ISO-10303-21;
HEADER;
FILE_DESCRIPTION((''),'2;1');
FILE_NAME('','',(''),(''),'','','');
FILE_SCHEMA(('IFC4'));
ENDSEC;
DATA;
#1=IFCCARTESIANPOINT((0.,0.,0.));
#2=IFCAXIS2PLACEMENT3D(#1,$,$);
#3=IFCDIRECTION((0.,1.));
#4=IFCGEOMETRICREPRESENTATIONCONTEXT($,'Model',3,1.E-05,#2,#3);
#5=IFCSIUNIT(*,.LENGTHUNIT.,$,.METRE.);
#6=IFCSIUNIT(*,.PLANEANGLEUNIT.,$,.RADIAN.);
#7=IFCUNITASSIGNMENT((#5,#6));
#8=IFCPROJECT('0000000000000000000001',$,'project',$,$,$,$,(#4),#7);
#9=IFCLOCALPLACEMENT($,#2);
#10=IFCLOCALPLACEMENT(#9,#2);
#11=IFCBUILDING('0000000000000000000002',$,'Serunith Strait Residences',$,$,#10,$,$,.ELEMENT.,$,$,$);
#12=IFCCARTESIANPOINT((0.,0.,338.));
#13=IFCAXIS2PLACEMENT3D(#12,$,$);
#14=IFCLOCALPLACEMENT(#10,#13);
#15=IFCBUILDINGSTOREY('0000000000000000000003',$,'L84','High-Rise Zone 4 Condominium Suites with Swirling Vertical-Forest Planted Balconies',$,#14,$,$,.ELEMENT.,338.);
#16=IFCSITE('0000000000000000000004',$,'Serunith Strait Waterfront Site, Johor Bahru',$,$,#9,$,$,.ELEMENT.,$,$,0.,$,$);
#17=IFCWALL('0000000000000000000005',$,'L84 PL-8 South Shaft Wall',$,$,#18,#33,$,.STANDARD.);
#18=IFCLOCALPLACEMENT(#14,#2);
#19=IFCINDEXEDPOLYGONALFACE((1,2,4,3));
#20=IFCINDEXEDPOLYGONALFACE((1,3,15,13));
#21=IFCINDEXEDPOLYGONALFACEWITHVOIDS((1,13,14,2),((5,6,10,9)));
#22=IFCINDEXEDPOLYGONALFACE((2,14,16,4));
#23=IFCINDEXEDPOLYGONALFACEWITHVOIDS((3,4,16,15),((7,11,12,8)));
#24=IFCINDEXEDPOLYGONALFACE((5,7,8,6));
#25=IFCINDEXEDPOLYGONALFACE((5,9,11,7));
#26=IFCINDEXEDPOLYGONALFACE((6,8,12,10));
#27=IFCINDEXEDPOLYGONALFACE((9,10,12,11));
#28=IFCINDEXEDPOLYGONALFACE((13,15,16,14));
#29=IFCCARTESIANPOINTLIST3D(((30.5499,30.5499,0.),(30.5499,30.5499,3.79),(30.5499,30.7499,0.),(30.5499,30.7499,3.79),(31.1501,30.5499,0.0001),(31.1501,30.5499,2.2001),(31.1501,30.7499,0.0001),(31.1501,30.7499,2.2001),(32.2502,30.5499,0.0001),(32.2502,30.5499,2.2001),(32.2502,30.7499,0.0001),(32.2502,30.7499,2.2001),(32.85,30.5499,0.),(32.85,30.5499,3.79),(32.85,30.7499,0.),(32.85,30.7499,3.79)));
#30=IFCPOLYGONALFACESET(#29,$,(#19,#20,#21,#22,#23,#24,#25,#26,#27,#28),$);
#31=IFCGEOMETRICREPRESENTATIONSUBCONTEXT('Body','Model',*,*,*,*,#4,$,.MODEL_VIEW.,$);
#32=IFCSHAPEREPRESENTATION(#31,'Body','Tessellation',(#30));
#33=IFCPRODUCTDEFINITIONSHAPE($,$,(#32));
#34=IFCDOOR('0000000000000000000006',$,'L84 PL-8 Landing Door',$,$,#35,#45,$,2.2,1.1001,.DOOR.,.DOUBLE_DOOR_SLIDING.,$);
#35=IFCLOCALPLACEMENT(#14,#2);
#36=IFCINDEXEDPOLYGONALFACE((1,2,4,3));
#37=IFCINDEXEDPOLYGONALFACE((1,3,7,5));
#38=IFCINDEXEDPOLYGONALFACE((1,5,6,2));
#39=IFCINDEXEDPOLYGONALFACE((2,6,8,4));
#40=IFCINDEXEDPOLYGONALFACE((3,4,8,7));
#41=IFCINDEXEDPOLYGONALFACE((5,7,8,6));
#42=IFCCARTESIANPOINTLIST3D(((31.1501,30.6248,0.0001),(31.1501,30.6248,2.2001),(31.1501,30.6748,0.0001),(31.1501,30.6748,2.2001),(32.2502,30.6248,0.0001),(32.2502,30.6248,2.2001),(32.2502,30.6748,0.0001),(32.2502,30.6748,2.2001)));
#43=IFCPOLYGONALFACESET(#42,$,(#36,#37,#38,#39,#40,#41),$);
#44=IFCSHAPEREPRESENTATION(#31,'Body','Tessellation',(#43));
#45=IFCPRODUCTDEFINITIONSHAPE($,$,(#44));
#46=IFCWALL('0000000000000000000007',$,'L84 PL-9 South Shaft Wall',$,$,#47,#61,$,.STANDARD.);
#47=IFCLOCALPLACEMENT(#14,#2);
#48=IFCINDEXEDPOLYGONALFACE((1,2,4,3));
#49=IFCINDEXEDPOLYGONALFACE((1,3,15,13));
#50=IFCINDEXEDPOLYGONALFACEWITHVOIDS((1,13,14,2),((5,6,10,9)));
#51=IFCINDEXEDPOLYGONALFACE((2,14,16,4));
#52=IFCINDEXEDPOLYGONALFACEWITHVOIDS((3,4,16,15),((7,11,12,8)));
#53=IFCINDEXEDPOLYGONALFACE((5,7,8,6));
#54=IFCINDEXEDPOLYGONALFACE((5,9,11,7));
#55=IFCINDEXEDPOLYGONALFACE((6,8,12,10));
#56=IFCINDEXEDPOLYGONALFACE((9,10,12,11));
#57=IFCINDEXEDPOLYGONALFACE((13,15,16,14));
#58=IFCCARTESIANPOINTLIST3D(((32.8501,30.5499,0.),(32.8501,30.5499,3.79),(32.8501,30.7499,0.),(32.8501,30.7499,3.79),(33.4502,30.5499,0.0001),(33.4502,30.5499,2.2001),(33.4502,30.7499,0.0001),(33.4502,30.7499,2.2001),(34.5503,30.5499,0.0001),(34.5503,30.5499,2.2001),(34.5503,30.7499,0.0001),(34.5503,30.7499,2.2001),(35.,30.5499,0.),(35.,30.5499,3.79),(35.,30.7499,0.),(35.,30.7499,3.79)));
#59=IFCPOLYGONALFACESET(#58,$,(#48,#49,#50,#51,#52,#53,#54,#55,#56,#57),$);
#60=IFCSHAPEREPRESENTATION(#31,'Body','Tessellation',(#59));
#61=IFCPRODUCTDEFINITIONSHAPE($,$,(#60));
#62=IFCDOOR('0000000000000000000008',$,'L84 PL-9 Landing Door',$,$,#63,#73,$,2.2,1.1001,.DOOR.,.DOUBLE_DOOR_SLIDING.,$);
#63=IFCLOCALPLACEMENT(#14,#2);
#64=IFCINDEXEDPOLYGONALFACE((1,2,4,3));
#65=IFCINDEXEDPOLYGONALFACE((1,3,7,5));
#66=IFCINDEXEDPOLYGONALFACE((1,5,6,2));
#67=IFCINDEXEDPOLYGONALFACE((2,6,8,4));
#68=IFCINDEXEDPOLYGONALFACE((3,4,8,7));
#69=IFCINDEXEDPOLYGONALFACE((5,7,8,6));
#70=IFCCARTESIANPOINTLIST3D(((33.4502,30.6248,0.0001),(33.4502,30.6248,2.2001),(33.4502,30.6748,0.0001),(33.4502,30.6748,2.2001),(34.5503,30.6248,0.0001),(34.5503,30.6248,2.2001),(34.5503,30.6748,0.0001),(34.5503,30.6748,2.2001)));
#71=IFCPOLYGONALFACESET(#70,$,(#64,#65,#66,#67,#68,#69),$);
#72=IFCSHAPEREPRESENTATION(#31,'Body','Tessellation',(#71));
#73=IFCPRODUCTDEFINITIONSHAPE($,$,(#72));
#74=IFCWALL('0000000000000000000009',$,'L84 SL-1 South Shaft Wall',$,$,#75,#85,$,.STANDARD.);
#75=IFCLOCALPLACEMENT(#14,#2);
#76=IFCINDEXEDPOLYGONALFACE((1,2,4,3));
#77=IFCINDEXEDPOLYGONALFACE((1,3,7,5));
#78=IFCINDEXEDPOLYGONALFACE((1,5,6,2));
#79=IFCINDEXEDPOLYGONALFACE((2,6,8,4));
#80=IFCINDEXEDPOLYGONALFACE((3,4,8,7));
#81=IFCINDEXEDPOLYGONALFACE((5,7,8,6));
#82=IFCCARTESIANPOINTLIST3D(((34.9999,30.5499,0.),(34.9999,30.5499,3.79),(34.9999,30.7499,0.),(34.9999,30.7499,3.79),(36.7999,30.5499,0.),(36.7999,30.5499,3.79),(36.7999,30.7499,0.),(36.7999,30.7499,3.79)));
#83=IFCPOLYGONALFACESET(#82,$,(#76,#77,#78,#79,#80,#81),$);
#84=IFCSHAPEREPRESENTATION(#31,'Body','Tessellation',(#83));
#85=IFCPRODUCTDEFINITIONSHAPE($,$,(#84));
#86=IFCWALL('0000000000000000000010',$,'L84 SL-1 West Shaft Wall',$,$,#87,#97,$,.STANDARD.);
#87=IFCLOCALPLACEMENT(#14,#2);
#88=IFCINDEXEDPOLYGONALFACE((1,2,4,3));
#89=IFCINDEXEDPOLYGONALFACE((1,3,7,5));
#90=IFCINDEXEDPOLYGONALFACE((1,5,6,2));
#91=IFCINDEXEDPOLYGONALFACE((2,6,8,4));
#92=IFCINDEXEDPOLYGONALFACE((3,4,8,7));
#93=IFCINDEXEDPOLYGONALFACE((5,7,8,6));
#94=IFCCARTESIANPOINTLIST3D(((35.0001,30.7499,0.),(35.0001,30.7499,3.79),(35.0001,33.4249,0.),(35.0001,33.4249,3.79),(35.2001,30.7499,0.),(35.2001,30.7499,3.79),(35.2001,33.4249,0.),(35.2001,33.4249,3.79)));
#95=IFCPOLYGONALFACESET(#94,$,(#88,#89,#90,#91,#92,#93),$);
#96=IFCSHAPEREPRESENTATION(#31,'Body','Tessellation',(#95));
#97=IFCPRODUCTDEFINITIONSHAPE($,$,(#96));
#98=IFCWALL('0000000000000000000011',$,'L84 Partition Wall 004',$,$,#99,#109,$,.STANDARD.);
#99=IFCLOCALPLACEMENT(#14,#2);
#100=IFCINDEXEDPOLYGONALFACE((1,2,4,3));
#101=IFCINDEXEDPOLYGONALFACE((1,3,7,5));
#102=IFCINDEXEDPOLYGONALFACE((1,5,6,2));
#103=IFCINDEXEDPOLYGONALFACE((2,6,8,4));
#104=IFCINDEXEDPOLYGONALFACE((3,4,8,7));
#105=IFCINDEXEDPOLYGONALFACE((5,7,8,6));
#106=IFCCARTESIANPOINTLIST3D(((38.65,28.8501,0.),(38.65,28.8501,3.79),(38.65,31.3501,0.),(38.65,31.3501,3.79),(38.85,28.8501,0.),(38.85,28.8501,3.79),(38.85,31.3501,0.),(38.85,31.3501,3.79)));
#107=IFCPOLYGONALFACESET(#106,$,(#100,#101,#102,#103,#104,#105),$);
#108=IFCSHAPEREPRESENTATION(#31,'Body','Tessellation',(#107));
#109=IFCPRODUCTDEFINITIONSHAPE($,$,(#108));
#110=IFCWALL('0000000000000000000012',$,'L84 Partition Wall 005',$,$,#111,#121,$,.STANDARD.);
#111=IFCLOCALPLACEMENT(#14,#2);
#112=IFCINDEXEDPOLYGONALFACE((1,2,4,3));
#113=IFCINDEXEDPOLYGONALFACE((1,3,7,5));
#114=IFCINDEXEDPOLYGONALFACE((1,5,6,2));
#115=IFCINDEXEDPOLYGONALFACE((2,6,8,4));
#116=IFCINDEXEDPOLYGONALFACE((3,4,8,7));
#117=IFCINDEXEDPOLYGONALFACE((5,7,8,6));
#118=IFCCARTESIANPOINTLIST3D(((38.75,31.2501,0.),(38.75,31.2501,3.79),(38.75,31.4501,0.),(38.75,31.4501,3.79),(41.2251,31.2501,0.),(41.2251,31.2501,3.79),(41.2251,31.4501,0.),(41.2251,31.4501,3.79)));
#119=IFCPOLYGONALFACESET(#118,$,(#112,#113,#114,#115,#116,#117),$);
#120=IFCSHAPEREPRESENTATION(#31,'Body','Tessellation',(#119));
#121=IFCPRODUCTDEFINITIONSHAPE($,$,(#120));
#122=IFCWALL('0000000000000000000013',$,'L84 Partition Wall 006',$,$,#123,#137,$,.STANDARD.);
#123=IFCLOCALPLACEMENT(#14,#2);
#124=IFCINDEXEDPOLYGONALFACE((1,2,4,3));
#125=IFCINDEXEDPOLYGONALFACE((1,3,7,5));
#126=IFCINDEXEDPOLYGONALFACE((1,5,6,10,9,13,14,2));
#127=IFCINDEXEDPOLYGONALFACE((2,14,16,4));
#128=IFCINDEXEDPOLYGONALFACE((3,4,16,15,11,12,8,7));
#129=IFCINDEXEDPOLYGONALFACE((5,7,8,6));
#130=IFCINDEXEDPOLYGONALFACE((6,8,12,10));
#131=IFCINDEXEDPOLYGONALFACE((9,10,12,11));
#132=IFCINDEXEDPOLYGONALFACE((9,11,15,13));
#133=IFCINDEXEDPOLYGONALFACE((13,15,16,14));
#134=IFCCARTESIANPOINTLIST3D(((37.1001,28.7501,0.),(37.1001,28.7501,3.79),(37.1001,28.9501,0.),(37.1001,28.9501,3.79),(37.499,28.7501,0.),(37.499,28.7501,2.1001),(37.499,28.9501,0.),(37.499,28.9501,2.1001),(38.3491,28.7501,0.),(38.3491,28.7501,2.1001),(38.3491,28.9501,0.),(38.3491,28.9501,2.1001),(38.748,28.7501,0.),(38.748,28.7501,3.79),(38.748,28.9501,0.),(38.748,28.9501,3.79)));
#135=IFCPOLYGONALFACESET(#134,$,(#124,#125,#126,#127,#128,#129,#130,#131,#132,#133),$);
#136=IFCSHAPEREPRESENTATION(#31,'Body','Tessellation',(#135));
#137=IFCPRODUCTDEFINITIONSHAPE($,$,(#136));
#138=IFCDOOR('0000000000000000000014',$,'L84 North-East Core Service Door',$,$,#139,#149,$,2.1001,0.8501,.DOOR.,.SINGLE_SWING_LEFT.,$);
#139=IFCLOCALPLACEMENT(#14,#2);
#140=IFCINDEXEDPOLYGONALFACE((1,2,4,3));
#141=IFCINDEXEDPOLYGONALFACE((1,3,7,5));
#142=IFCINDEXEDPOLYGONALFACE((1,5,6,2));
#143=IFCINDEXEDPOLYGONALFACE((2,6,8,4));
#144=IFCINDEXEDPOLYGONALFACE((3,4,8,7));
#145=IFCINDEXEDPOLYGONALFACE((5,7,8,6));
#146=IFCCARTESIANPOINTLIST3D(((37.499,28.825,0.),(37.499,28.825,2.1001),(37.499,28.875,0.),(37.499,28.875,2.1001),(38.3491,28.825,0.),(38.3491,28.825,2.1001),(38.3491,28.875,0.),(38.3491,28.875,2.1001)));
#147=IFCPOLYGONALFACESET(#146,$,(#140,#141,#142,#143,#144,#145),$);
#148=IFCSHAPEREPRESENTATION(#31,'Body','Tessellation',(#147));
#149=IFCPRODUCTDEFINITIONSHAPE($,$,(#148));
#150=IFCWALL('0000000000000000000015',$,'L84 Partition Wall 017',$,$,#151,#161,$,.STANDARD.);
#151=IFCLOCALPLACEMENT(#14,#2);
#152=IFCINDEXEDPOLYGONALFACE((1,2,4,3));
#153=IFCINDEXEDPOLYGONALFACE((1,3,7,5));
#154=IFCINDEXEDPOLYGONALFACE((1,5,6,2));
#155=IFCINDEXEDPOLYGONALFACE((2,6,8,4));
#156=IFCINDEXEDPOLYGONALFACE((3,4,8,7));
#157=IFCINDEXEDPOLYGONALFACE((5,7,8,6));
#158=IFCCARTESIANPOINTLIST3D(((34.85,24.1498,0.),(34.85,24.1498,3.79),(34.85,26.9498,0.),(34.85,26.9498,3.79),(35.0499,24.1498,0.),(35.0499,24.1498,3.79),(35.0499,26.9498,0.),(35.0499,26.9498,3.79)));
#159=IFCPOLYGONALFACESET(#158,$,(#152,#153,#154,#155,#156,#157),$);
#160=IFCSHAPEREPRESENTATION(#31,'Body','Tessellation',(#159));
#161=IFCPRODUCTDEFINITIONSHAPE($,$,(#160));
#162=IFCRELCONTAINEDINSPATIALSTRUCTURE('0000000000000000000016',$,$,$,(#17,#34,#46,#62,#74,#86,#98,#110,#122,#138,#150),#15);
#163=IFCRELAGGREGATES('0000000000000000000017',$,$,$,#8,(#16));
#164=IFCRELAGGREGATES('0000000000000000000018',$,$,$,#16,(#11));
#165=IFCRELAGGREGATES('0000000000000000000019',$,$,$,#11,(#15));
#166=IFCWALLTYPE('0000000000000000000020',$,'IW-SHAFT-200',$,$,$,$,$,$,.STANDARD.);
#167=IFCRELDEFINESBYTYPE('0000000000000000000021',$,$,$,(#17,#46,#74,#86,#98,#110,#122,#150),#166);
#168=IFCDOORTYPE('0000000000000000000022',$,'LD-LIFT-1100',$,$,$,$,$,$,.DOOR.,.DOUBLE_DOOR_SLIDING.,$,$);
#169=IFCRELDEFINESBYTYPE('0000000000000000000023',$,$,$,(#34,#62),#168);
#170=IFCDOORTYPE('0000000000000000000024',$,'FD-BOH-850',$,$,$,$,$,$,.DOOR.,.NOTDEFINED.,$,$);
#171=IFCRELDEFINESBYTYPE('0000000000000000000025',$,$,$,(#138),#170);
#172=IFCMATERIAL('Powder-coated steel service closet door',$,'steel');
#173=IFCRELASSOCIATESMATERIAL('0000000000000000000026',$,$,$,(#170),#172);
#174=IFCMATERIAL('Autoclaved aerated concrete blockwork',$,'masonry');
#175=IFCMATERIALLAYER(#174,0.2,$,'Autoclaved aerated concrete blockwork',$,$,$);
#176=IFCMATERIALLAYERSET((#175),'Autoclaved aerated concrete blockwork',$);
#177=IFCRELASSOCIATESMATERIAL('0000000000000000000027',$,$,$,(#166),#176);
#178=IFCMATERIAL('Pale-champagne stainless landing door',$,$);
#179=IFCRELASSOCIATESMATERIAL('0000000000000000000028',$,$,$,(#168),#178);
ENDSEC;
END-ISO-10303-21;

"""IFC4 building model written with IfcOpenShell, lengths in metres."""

from ifc_helpers import new_model, si_unit, direction, frame, frame_2d, origin, place, context, subcontext, project, spatial, rectangle, extrude, source, transform, mapped, material, layer, layer_set, type_object, element, fill, save


model = new_model("IFC4")

# Units and contexts
model_context = context("Model", 3, precision=1e-05, world=origin(), true_north=direction((0.0, 1.0)))
body_context = subcontext(model_context, "Body", "Model", "MODEL_VIEW")
ifc_project = project(units=[si_unit("LENGTHUNIT", "METRE"), si_unit("PLANEANGLEUNIT", "RADIAN")], contexts=[model_context])

# Site, building, storey
site_placement = place(None, origin())
site = spatial("IfcSite", under=ifc_project, at=site_placement, Name="Serunith Strait Waterfront Site, Johor Bahru", CompositionType="ELEMENT", RefElevation=0.0)
building_placement = place(site_placement, origin())
building = spatial("IfcBuilding", under=site, at=building_placement, Name="Serunith Strait Residences", CompositionType="ELEMENT")
storey_placement = place(building_placement, frame((0.0, 0.0, 338.0)))
storey = spatial("IfcBuildingStorey", under=building, at=storey_placement, Name="L84", Description="High-Rise Zone 4 Condominium Suites with Swirling Vertical-Forest Planted Balconies", CompositionType="ELEMENT", Elevation=338.0)

# Shared definitions
ifc_material_1 = material(Name="Powder-coated steel service closet door", Category="steel")
door_type_1 = type_object("IfcDoorType", Name="FD-BOH-850", OperationType="NOTDEFINED", PredefinedType="DOOR", material=ifc_material_1)
shared_shape_1 = source(origin(), body_context, "Body", "SweptSolid", [
    extrude(rectangle(XDim=0.8501, YDim=2.1001, at=frame_2d((0.425, 1.05))), frame((0.0, 0.0249, 0.0), z_axis=(0.0, -1.0, 0.0), x_axis=(1.0, 0.0, 0.0)), (0.0, 0.0, 1.0), 0.05),
])

# Walls, openings, doors
ifc_material_2 = material(Name="Autoclaved aerated concrete blockwork", Category="masonry")
ifc_layer_1 = layer(ifc_material_2, 0.2, Name="Autoclaved aerated concrete blockwork")
ifc_layer_set_1 = layer_set([ifc_layer_1], Name="Autoclaved aerated concrete blockwork")
wall_type_1 = type_object("IfcWallType", Name="IW-SHAFT-200", PredefinedType="STANDARD", material=ifc_layer_set_1)
wall_1_placement = place(storey_placement, frame((30.55, 30.6499, 0.0), z_axis=(0.0, 0.0, 1.0), x_axis=(1.0, 0.0, 0.0)))
wall_1 = element("IfcWall", 1, at=wall_1_placement, inside=storey, type_object=wall_type_1, Name="L84 PL-8 South Shaft Wall", PredefinedType="STANDARD", context=body_context, shape_type="SweptSolid", body=[
    extrude(rectangle(XDim=2.3, YDim=0.2, at=frame_2d((1.1499, 0.0))), origin(), (0.0, 0.0, 1.0), 3.79),
])
opening_1_placement = place(wall_1_placement, frame((0.6001, 0.0, 0.0)))
opening_1 = element("IfcOpeningElement", 2, at=opening_1_placement, cuts=wall_1, PredefinedType="OPENING", context=body_context, shape_type="SweptSolid", body=[
    extrude(rectangle(XDim=1.1001, YDim=2.2, at=frame_2d((0.55, 1.1001))), frame((0.0, 0.1099, 0.0), z_axis=(0.0, -1.0, 0.0), x_axis=(1.0, 0.0, 0.0)), (0.0, 0.0, 1.0), 0.22),
])
ifc_material_3 = material(Name="Pale-champagne stainless landing door")
door_type_2 = type_object("IfcDoorType", Name="LD-LIFT-1100", OperationType="DOUBLE_DOOR_SLIDING", PredefinedType="DOOR", material=ifc_material_3)
shared_shape_2 = source(origin(), body_context, "Body", "SweptSolid", [
    extrude(rectangle(XDim=1.1001, YDim=2.2, at=frame_2d((0.55, 1.1001))), frame((0.0, 0.0249, 0.0), z_axis=(0.0, -1.0, 0.0), x_axis=(1.0, 0.0, 0.0)), (0.0, 0.0, 1.0), 0.05),
])
door_1_placement = place(opening_1_placement, origin())
door_1 = element("IfcDoor", 3, at=door_1_placement, inside=storey, type_object=door_type_2, Name="L84 PL-8 Landing Door", OperationType="DOUBLE_DOOR_SLIDING", OverallHeight=2.2, OverallWidth=1.1001, PredefinedType="DOOR", context=body_context, shape_type="MappedRepresentation", body=[
    mapped(shared_shape_2, transform((0.0, 0.0, 0.0), scale=1.0)),
])
fill(opening_1, door_1)
wall_2_placement = place(storey_placement, frame((32.8501, 30.6499, 0.0), z_axis=(0.0, 0.0, 1.0), x_axis=(1.0, 0.0, 0.0)))
wall_2 = element("IfcWall", 4, at=wall_2_placement, inside=storey, type_object=wall_type_1, Name="L84 PL-9 South Shaft Wall", PredefinedType="STANDARD", context=body_context, shape_type="SweptSolid", body=[
    extrude(rectangle(XDim=2.1499, YDim=0.2, at=frame_2d((1.075, 0.0))), origin(), (0.0, 0.0, 1.0), 3.79),
])
opening_2_placement = place(wall_2_placement, frame((0.6001, 0.0, 0.0)))
opening_2 = element("IfcOpeningElement", 5, at=opening_2_placement, cuts=wall_2, PredefinedType="OPENING", context=body_context, shape_type="SweptSolid", body=[
    extrude(rectangle(XDim=1.1001, YDim=2.2, at=frame_2d((0.55, 1.1001))), frame((0.0, 0.1099, 0.0), z_axis=(0.0, -1.0, 0.0), x_axis=(1.0, 0.0, 0.0)), (0.0, 0.0, 1.0), 0.22),
])
door_2_placement = place(opening_2_placement, origin())
door_2 = element("IfcDoor", 6, at=door_2_placement, inside=storey, type_object=door_type_2, Name="L84 PL-9 Landing Door", OperationType="DOUBLE_DOOR_SLIDING", OverallHeight=2.2, OverallWidth=1.1001, PredefinedType="DOOR", context=body_context, shape_type="MappedRepresentation", body=[
    mapped(shared_shape_2, transform((0.0, 0.0, 0.0), scale=1.0)),
])
fill(opening_2, door_2)

# Walls
wall_3_placement = place(storey_placement, frame((35.0, 30.6499, 0.0), z_axis=(0.0, 0.0, 1.0), x_axis=(1.0, 0.0, 0.0)))
element("IfcWall", 7, at=wall_3_placement, inside=storey, type_object=wall_type_1, Name="L84 SL-1 South Shaft Wall", PredefinedType="STANDARD", context=body_context, shape_type="SweptSolid", body=[
    extrude(rectangle(XDim=1.8, YDim=0.2, at=frame_2d((0.8999, 0.0))), origin(), (0.0, 0.0, 1.0), 3.79),
])
wall_4_placement = place(storey_placement, frame((35.1001, 30.75, 0.0), z_axis=(0.0, 0.0, 1.0), x_axis=(0.0, 1.0, 0.0)))
element("IfcWall", 8, at=wall_4_placement, inside=storey, type_object=wall_type_1, Name="L84 SL-1 West Shaft Wall", PredefinedType="STANDARD", context=body_context, shape_type="SweptSolid", body=[
    extrude(rectangle(XDim=2.675, YDim=0.2, at=frame_2d((1.3374, 0.0))), origin(), (0.0, 0.0, 1.0), 3.79),
])
wall_5_placement = place(storey_placement, frame((38.75, 28.8501, 0.0), z_axis=(0.0, 0.0, 1.0), x_axis=(0.0, 1.0, 0.0)))
element("IfcWall", 9, at=wall_5_placement, inside=storey, type_object=wall_type_1, Name="L84 Partition Wall 004", PredefinedType="STANDARD", context=body_context, shape_type="SweptSolid", body=[
    extrude(rectangle(XDim=2.5, YDim=0.2, at=frame_2d((1.25, 0.0))), origin(), (0.0, 0.0, 1.0), 3.79),
])
wall_6_placement = place(storey_placement, frame((38.75, 31.3501, 0.0), z_axis=(0.0, 0.0, 1.0), x_axis=(1.0, 0.0, 0.0)))
element("IfcWall", 10, at=wall_6_placement, inside=storey, type_object=wall_type_1, Name="L84 Partition Wall 005", PredefinedType="STANDARD", context=body_context, shape_type="SweptSolid", body=[
    extrude(rectangle(XDim=2.4751, YDim=0.2, at=frame_2d((1.2375, 0.0))), origin(), (0.0, 0.0, 1.0), 3.79),
])

# Wall, opening, door
wall_7_placement = place(storey_placement, frame((37.1001, 28.8501, 0.0), z_axis=(0.0, 0.0, 1.0), x_axis=(1.0, 0.0, 0.0)))
wall_7 = element("IfcWall", 11, at=wall_7_placement, inside=storey, type_object=wall_type_1, Name="L84 Partition Wall 006", PredefinedType="STANDARD", context=body_context, shape_type="SweptSolid", body=[
    extrude(rectangle(XDim=1.6479, YDim=0.2, at=frame_2d((0.824, 0.0))), origin(), (0.0, 0.0, 1.0), 3.79),
])
opening_3_placement = place(wall_7_placement, frame((0.3989, 0.0, 0.0)))
opening_3 = element("IfcOpeningElement", 12, at=opening_3_placement, cuts=wall_7, PredefinedType="OPENING", context=body_context, shape_type="SweptSolid", body=[
    extrude(rectangle(XDim=0.8501, YDim=2.1001, at=frame_2d((0.425, 1.05))), frame((0.0, 0.1099, 0.0), z_axis=(0.0, -1.0, 0.0), x_axis=(1.0, 0.0, 0.0)), (0.0, 0.0, 1.0), 0.22),
])
door_3_placement = place(opening_3_placement, origin())
door_3 = element("IfcDoor", 13, at=door_3_placement, inside=storey, type_object=door_type_1, Name="L84 North-East Core Service Door", OperationType="SINGLE_SWING_LEFT", OverallHeight=2.1001, OverallWidth=0.8501, PredefinedType="DOOR", context=body_context, shape_type="MappedRepresentation", body=[
    mapped(shared_shape_1, transform((0.0, 0.0, 0.0), scale=1.0)),
])
fill(opening_3, door_3)

# Wall
wall_8_placement = place(storey_placement, frame((34.95, 24.1499, 0.0), z_axis=(0.0, 0.0, 1.0), x_axis=(0.0, 1.0, 0.0)))
element("IfcWall", 14, at=wall_8_placement, inside=storey, type_object=wall_type_1, Name="L84 Partition Wall 017", PredefinedType="STANDARD", context=body_context, shape_type="SweptSolid", body=[
    extrude(rectangle(XDim=2.8, YDim=0.2, at=frame_2d((1.3999, 0.0))), origin(), (0.0, 0.0, 1.0), 3.79),
])

save(model, "model.ifc")
